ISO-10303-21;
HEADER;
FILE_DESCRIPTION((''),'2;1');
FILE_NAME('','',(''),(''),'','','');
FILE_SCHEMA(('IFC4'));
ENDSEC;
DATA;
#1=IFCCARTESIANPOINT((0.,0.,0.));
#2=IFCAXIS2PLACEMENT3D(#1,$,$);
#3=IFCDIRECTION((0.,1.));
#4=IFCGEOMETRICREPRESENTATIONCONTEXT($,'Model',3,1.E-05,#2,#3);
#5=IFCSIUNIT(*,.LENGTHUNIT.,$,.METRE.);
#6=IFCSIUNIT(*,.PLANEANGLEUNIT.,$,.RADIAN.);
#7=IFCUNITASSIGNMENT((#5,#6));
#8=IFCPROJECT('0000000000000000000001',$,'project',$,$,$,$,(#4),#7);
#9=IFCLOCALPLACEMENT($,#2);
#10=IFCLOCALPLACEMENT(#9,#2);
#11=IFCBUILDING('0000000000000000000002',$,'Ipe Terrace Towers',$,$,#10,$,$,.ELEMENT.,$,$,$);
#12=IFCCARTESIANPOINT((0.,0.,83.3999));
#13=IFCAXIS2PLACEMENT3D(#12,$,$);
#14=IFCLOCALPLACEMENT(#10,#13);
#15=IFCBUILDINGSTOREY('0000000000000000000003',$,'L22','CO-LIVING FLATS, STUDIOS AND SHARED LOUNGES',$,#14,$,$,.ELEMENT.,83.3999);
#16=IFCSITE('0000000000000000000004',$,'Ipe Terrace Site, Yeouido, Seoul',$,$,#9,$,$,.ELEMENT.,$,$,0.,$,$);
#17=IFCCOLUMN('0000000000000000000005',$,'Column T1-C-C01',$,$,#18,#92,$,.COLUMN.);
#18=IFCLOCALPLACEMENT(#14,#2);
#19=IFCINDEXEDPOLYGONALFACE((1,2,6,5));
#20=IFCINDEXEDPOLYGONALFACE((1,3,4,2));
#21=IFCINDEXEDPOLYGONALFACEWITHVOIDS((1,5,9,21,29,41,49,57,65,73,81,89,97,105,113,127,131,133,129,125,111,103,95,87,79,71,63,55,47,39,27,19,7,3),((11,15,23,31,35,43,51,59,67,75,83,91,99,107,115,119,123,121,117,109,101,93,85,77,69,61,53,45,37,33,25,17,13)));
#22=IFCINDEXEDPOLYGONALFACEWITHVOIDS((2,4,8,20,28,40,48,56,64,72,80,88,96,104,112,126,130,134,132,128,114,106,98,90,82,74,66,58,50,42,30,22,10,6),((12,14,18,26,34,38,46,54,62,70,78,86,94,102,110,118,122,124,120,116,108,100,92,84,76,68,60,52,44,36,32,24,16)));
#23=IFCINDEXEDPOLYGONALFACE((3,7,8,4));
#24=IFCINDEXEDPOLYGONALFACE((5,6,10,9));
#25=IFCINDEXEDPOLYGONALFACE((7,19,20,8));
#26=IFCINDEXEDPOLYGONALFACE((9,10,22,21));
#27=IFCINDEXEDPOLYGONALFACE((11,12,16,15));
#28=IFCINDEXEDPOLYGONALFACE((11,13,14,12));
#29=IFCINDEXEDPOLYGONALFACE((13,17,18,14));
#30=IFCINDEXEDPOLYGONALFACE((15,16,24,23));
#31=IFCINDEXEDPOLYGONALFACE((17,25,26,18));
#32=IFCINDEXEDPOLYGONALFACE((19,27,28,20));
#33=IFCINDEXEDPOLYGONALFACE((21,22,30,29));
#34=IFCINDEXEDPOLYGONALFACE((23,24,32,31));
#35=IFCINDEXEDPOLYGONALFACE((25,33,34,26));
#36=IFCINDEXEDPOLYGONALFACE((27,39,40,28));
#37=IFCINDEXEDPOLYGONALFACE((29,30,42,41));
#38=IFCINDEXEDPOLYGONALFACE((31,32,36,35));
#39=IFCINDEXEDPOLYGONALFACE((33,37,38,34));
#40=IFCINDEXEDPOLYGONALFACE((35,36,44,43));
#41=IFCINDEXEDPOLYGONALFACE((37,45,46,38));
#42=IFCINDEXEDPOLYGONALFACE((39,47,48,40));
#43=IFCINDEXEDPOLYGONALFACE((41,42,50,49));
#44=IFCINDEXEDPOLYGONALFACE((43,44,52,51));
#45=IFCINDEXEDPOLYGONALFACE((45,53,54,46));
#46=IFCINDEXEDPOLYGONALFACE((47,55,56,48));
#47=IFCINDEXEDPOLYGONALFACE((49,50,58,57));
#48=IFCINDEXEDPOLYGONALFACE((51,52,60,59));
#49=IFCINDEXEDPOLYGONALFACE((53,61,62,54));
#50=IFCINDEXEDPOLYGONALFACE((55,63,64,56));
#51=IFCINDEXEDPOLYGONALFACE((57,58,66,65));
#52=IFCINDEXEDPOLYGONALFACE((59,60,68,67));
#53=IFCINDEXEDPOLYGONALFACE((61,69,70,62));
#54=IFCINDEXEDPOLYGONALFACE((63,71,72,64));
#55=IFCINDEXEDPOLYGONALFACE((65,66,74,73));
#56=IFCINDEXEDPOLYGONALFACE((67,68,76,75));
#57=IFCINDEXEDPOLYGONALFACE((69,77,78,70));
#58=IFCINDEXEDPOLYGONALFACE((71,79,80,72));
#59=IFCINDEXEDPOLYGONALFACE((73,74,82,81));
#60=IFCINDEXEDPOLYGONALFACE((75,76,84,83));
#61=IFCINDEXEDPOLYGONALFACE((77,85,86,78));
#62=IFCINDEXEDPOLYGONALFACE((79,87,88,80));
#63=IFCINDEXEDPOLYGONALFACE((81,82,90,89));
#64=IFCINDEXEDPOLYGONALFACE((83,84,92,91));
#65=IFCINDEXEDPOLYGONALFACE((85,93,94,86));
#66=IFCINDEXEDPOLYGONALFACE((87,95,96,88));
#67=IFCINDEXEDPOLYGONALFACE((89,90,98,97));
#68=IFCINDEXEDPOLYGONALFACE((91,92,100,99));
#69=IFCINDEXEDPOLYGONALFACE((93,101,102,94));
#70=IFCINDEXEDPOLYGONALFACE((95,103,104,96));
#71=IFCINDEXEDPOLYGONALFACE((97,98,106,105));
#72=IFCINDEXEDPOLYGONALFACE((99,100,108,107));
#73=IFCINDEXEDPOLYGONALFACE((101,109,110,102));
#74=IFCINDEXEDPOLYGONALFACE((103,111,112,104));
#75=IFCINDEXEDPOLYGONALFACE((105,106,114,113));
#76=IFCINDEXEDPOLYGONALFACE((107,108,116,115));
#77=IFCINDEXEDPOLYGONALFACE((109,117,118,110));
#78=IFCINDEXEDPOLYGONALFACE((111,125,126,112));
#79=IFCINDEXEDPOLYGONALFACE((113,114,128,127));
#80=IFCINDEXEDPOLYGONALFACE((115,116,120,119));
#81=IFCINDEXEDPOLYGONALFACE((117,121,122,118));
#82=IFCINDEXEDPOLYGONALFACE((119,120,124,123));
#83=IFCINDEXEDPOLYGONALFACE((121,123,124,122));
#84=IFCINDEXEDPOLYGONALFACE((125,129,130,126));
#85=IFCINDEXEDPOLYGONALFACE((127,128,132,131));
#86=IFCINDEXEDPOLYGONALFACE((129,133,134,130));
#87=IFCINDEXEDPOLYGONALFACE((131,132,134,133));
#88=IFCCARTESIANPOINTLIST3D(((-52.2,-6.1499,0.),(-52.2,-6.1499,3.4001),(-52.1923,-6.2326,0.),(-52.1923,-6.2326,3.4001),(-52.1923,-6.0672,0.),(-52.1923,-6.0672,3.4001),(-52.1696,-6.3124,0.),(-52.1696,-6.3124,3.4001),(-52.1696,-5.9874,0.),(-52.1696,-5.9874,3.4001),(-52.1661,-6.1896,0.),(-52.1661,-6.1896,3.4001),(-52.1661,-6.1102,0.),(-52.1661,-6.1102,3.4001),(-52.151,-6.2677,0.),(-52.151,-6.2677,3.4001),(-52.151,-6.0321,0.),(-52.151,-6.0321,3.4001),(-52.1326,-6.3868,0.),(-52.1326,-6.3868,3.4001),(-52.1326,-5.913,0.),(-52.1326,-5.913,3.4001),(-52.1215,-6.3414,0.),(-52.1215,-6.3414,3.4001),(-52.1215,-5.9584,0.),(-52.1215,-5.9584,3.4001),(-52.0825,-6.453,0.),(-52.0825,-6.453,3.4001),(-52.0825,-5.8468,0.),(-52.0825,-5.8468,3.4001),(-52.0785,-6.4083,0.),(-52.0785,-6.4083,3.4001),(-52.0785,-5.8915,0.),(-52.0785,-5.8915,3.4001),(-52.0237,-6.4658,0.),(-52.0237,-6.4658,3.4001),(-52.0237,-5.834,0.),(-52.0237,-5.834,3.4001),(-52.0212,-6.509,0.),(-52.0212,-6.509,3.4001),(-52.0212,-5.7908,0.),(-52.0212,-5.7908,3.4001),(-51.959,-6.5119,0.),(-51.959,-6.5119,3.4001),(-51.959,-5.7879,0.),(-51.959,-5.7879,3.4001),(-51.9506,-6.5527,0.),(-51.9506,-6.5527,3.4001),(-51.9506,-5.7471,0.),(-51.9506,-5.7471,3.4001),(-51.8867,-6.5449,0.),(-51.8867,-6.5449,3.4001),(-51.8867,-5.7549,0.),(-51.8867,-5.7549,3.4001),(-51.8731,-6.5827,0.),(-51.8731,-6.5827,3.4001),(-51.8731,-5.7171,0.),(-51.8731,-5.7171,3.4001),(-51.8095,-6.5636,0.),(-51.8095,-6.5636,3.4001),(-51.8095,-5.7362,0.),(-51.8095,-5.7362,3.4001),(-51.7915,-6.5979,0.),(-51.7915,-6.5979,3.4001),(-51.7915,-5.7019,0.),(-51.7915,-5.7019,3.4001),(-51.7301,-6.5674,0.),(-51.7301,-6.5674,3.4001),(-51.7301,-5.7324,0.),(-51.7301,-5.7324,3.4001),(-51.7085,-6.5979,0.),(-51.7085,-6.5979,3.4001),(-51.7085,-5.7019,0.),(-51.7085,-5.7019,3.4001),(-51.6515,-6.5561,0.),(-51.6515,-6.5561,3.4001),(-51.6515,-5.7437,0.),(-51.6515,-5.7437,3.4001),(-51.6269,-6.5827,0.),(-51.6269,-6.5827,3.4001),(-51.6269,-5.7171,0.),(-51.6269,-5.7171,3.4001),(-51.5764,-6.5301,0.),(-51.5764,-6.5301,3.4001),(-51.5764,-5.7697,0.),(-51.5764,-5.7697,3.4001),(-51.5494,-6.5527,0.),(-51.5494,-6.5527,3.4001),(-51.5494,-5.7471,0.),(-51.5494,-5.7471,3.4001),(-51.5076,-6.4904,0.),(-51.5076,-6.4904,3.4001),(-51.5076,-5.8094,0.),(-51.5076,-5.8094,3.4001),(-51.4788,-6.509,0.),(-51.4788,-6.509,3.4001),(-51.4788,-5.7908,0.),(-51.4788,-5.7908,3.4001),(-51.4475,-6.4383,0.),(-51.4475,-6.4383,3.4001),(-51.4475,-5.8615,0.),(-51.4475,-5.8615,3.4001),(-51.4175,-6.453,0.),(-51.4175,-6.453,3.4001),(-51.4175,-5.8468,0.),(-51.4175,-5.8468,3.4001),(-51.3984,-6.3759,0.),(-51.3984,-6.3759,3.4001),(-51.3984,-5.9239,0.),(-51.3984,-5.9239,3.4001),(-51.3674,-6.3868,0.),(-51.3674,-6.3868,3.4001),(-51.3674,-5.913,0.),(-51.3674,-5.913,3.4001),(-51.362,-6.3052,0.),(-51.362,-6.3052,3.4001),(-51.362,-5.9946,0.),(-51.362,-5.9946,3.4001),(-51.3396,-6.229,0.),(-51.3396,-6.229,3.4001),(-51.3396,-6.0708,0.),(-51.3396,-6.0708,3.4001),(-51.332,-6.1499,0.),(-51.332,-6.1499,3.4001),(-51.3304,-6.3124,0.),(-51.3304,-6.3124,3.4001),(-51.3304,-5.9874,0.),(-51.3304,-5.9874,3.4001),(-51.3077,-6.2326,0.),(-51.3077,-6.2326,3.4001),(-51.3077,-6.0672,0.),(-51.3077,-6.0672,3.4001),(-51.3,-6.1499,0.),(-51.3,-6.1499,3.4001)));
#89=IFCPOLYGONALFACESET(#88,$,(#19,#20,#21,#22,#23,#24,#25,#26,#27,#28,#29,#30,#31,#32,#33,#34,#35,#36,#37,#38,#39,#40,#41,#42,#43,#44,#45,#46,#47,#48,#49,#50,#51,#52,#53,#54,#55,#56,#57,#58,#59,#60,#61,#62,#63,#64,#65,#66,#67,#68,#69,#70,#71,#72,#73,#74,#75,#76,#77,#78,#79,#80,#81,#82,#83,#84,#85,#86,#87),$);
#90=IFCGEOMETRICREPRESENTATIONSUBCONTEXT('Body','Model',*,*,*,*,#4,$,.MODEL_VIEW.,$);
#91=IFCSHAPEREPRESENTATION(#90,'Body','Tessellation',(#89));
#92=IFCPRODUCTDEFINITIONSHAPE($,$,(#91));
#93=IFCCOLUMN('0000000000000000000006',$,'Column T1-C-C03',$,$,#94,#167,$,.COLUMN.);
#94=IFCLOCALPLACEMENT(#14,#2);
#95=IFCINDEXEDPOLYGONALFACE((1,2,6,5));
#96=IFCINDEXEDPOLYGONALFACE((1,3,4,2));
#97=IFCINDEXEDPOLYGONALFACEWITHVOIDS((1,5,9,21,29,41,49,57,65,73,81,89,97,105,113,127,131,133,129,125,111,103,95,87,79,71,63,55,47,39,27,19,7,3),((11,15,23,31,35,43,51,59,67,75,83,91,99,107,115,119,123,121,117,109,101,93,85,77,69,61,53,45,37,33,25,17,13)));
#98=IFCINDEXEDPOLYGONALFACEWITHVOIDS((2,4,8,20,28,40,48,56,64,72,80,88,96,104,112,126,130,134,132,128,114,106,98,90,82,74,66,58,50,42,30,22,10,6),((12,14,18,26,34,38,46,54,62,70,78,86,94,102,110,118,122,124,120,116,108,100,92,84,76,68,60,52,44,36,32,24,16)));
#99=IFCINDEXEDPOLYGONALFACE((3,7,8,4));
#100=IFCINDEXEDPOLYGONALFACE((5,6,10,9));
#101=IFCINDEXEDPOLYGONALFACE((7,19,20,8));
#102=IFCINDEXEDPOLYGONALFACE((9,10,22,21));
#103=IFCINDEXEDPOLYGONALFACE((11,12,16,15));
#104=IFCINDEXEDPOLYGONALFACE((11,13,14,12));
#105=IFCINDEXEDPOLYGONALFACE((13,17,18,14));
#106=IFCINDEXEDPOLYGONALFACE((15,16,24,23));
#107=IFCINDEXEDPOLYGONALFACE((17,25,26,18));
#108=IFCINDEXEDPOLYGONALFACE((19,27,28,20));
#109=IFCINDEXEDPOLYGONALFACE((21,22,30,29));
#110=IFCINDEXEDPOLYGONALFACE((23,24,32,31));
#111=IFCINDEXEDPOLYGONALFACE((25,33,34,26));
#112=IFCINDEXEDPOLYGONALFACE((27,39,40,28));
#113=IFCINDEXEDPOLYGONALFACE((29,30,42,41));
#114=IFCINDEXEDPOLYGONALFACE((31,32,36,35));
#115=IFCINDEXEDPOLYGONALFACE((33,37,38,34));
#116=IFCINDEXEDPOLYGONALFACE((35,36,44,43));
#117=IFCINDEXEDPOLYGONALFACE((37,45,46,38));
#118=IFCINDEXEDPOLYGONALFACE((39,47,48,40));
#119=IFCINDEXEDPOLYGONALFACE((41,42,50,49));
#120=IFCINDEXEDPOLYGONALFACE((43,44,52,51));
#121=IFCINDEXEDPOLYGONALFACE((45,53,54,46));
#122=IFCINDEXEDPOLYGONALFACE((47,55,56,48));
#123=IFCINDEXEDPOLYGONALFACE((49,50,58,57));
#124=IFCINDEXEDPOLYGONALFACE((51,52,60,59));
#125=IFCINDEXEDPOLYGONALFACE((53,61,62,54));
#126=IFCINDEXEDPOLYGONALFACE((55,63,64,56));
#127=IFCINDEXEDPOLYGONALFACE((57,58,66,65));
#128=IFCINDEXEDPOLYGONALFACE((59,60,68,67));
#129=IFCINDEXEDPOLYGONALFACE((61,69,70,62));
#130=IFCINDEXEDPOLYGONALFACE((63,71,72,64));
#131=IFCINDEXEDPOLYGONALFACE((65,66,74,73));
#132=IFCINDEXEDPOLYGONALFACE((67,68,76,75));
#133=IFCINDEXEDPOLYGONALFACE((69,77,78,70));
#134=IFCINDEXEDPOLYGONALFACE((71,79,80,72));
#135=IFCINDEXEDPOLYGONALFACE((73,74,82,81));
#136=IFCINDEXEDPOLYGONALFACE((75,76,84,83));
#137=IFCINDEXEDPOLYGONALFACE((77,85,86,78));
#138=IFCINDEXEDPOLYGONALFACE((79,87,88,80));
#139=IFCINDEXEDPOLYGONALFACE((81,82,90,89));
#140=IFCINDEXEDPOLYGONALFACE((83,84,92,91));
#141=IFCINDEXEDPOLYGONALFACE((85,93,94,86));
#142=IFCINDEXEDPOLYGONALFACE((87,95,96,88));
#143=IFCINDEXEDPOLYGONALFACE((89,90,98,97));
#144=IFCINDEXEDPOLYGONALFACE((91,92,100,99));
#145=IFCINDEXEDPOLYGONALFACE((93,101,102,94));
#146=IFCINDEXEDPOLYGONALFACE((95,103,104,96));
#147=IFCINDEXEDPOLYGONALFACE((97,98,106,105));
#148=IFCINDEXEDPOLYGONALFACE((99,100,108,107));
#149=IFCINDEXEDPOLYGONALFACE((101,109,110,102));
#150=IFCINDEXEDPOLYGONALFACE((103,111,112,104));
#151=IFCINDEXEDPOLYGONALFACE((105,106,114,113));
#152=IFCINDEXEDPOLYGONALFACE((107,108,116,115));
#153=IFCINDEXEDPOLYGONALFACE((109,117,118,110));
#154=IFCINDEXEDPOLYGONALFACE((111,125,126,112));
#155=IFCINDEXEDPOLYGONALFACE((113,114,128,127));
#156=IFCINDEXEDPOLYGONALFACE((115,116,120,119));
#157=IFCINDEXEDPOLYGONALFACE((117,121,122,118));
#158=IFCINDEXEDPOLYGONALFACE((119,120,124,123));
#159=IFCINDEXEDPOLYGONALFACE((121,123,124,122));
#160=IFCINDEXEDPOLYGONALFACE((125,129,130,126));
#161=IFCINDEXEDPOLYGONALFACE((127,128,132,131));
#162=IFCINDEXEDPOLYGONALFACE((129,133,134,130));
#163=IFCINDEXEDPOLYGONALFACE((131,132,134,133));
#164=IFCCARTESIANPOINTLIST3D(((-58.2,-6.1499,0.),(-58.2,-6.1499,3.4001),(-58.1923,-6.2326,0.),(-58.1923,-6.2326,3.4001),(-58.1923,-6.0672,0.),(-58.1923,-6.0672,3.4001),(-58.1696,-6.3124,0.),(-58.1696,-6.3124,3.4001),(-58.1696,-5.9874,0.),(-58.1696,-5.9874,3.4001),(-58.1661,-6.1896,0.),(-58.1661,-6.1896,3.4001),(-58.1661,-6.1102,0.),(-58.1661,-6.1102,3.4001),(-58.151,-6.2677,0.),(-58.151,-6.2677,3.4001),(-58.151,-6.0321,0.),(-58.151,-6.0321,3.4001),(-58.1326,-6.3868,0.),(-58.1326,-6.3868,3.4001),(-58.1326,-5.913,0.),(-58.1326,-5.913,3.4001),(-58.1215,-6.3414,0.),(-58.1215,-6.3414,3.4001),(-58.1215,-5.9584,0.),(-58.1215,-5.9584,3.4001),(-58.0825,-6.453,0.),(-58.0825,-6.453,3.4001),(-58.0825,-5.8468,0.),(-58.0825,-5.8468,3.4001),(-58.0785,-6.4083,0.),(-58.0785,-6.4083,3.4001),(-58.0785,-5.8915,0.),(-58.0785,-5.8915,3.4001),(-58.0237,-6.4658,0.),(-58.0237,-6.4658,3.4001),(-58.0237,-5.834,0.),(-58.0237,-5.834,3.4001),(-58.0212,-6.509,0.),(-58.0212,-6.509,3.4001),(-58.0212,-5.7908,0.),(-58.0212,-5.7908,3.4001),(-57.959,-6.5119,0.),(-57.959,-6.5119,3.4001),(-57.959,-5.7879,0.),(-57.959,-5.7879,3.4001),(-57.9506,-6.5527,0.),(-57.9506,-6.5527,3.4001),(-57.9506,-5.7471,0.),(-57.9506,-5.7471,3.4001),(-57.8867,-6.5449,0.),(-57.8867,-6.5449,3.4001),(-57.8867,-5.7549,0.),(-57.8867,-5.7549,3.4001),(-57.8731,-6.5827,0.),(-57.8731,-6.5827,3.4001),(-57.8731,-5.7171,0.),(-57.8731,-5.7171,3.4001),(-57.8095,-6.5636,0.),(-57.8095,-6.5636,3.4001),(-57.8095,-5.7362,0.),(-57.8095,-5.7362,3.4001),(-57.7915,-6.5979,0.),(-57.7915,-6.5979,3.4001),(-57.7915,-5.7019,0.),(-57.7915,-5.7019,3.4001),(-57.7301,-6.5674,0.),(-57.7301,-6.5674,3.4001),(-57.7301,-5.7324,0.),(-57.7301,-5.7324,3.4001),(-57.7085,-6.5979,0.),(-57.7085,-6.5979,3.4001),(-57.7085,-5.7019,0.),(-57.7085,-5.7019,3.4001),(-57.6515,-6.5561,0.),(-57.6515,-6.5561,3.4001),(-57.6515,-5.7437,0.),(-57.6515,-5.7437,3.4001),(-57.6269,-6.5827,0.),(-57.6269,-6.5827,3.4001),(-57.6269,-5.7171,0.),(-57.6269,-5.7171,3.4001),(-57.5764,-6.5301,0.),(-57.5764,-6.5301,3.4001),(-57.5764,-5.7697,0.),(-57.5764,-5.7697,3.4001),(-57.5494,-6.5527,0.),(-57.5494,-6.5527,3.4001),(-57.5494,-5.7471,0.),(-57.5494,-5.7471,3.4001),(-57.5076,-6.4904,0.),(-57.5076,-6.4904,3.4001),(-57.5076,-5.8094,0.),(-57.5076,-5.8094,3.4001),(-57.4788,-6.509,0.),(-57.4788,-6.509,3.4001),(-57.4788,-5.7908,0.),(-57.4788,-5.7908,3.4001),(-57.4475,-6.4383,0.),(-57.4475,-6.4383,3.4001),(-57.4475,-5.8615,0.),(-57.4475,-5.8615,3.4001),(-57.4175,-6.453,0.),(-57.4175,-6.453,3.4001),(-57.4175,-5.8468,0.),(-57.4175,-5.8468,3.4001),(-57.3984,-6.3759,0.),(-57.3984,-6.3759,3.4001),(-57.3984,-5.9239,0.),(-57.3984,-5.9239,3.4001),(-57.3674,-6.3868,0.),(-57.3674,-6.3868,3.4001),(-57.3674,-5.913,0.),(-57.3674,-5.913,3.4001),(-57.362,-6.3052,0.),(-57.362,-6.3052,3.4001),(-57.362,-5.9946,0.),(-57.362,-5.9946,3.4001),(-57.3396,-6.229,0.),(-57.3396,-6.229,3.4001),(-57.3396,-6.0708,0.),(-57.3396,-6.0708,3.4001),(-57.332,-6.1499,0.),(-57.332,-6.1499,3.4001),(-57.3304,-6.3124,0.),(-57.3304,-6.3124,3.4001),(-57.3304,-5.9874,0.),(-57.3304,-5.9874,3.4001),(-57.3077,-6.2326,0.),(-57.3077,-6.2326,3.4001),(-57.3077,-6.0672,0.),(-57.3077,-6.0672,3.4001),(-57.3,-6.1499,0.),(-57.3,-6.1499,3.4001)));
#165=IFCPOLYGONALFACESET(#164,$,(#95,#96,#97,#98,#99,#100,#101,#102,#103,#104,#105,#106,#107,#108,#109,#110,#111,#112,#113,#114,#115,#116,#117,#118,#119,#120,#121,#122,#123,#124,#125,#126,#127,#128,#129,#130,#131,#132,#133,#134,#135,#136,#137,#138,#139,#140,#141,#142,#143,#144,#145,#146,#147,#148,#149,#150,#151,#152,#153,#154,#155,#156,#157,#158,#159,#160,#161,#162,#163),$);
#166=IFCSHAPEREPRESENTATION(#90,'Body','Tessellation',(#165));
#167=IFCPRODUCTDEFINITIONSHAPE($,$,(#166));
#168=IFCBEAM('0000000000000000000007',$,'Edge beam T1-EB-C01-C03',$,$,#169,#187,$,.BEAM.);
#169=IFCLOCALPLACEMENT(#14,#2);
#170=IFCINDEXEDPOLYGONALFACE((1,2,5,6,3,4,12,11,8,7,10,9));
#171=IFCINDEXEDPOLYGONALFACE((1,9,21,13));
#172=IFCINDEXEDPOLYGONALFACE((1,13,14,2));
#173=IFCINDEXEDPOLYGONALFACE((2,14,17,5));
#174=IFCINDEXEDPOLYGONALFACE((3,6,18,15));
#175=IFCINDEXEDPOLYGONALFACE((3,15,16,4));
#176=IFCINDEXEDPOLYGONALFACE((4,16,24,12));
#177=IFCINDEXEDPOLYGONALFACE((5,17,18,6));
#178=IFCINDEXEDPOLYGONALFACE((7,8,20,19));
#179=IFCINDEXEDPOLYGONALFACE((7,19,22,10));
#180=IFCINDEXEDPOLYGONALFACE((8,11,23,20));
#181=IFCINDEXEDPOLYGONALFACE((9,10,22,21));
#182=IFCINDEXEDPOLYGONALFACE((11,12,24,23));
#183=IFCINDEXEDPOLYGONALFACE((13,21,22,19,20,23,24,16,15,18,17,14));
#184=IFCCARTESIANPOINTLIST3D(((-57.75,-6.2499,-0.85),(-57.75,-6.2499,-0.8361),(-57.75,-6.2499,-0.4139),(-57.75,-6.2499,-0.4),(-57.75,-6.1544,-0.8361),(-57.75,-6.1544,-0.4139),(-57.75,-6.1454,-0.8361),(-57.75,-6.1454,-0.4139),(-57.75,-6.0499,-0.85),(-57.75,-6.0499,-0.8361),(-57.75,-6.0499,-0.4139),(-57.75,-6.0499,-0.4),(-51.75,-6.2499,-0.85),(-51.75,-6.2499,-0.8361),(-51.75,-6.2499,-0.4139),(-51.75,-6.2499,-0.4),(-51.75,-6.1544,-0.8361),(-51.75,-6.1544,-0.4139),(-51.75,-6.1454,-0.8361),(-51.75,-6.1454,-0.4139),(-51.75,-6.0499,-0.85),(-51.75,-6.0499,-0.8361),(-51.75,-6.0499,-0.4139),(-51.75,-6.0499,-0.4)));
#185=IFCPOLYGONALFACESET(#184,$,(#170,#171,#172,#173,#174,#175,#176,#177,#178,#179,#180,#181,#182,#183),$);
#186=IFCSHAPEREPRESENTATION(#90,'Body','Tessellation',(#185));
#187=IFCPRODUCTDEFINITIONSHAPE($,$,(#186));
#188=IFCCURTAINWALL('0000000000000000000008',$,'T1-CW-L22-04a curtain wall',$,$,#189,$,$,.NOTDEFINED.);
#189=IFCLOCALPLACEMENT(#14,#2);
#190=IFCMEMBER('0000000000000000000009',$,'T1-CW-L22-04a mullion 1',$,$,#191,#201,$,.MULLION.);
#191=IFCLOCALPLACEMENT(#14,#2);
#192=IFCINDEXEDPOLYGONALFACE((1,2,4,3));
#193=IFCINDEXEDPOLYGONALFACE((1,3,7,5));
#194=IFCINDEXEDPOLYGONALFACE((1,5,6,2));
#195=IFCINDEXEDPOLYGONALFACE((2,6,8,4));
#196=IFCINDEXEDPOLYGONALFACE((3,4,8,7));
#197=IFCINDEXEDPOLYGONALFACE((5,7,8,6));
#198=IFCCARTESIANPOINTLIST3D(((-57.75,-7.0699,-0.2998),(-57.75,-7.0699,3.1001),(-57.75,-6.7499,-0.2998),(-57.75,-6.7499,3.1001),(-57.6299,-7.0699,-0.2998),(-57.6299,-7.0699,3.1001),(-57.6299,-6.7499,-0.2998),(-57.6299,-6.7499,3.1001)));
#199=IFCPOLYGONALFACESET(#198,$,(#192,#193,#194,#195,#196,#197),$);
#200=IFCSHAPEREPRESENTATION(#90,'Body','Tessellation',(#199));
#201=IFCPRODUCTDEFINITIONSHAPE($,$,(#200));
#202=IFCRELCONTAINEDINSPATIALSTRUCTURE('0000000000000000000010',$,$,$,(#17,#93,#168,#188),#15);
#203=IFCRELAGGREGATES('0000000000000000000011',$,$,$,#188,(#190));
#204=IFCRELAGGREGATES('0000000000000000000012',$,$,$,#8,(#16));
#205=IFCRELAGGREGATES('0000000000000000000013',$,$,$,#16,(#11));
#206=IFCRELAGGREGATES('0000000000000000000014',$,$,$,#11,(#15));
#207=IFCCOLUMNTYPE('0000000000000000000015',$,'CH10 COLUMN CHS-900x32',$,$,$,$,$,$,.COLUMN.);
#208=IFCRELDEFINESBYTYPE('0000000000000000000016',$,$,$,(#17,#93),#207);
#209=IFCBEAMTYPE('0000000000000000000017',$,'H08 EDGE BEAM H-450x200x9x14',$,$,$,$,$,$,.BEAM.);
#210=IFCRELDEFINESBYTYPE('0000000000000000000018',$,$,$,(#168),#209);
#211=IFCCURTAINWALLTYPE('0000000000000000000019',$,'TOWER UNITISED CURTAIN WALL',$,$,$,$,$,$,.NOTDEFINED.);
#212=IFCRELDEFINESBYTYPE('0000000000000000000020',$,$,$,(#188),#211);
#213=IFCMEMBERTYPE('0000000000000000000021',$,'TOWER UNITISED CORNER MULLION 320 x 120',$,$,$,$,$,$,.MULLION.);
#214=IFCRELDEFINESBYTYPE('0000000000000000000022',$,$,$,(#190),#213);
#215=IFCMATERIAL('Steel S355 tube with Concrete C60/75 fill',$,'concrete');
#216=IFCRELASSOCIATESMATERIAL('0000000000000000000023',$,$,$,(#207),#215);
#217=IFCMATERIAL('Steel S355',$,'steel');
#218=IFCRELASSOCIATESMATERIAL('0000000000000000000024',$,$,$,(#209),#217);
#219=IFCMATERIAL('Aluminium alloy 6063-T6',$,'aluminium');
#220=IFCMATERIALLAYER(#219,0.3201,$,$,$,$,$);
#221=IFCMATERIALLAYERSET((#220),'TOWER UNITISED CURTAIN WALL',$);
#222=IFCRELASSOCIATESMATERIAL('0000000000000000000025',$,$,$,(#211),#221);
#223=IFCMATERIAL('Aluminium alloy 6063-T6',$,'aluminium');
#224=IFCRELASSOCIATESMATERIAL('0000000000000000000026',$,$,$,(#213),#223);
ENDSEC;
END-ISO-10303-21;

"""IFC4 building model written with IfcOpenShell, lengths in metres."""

from ifc_helpers import new_model, si_unit, direction, frame, origin, origin_2d, place, context, subcontext, project, spatial, rectangle, hollow_circle, i_section, extrude, material, layer, layer_set, material_profile, profile_set, type_object, element, aggregate, save


model = new_model("IFC4")

# Units and contexts
model_context = context("Model", 3, precision=1e-05, world=origin(), true_north=direction((0.0, 1.0)))
body_context = subcontext(model_context, "Body", "Model", "MODEL_VIEW")
ifc_project = project(units=[si_unit("LENGTHUNIT", "METRE"), si_unit("PLANEANGLEUNIT", "RADIAN")], contexts=[model_context])

# Site, building, storey
site_placement = place(None, origin())
site = spatial("IfcSite", under=ifc_project, at=site_placement, Name="Ipe Terrace Site, Yeouido, Seoul", CompositionType="ELEMENT", RefElevation=0.0)
building_placement = place(site_placement, origin())
building = spatial("IfcBuilding", under=site, at=building_placement, Name="Ipe Terrace Towers", CompositionType="ELEMENT")
storey_placement = place(building_placement, frame((0.0, 0.0, 83.3999)))
storey = spatial("IfcBuildingStorey", under=building, at=storey_placement, Name="L22", Description="CO-LIVING FLATS, STUDIOS AND SHARED LOUNGES", CompositionType="ELEMENT", Elevation=83.3999)

# Columns
ifc_material_1 = material(Name="Steel S355 tube with Concrete C60/75 fill", Category="concrete")
ifc_material_profile_1 = material_profile(ifc_material_1, hollow_circle(Radius=0.45, WallThickness=0.032, at=origin_2d()), Name="CHS-900x32")
ifc_profile_set_1 = profile_set([ifc_material_profile_1], Name="Steel S355 tube with Concrete C60/75 fill")
column_type = type_object("IfcColumnType", Name="CH10 COLUMN CHS-900x32", PredefinedType="COLUMN", material=ifc_profile_set_1)
for number, where, z_axis, x_axis, name in (
    (1, (-51.75, -6.1499, 0.0), (0.0, 0.0, 1.0), (1.0, 0.0, 0.0), "Column T1-C-C01"),
    (2, (-57.75, -6.1499, 0.0), (0.0, 0.0, 1.0), (1.0, 0.0, 0.0), "Column T1-C-C03"),
):
    element("IfcColumn", number, at=place(storey_placement, frame(where, z_axis=z_axis, x_axis=x_axis)), inside=storey, type_object=column_type, Name=name, PredefinedType="COLUMN", context=body_context, shape_type="SweptSolid", body=[
        extrude(hollow_circle(Radius=0.45, WallThickness=0.032, at=origin_2d()), origin(), (0.0, 0.0, 1.0), 3.4001),
    ])

# Beam
ifc_material_2 = material(Name="Steel S355", Category="steel")
ifc_material_profile_2 = material_profile(ifc_material_2, i_section(OverallWidth=0.2, OverallDepth=0.45, WebThickness=0.009, FlangeThickness=0.0139, at=origin_2d()), Name="H-450x200x9x14")
ifc_profile_set_2 = profile_set([ifc_material_profile_2], Name="Steel S355")
beam_type = type_object("IfcBeamType", Name="H08 EDGE BEAM H-450x200x9x14", PredefinedType="BEAM", material=ifc_profile_set_2)
beam_placement = place(storey_placement, frame((-51.75, -6.1499, -0.625), z_axis=(-1.0, 0.0, 0.0), x_axis=(0.0, -1.0, 0.0)))
element("IfcBeam", 3, at=beam_placement, inside=storey, type_object=beam_type, Name="Edge beam T1-EB-C01-C03", PredefinedType="BEAM", context=body_context, shape_type="SweptSolid", body=[
    extrude(i_section(OverallWidth=0.2, OverallDepth=0.45, WebThickness=0.009, FlangeThickness=0.0139, at=origin_2d()), origin(), (0.0, 0.0, 1.0), 6.0),
])

# Curtain wall, member
ifc_material_3 = material(Name="Aluminium alloy 6063-T6", Category="aluminium")
ifc_layer_1 = layer(ifc_material_3, 0.3201)
ifc_layer_set_1 = layer_set([ifc_layer_1], Name="TOWER UNITISED CURTAIN WALL")
curtain_wall_type = type_object("IfcCurtainWallType", Name="TOWER UNITISED CURTAIN WALL", PredefinedType="NOTDEFINED", material=ifc_layer_set_1)
curtain_wall_1_placement = place(storey_placement, origin())
curtain_wall_1 = element("IfcCurtainWall", 4, at=curtain_wall_1_placement, inside=storey, type_object=curtain_wall_type, Name="T1-CW-L22-04a curtain wall", PredefinedType="NOTDEFINED")
ifc_material_4 = material(Name="Aluminium alloy 6063-T6", Category="aluminium")
ifc_material_profile_3 = material_profile(ifc_material_4, rectangle(XDim=0.3201, YDim=0.1201, at=origin_2d()), Name="TOWER UNITISED CORNER MULLION 320 x 120")
ifc_profile_set_3 = profile_set([ifc_material_profile_3], Name="Aluminium alloy 6063-T6")
member_type = type_object("IfcMemberType", Name="TOWER UNITISED CORNER MULLION 320 x 120", PredefinedType="MULLION", material=ifc_profile_set_3)
member_1_placement = place(storey_placement, frame((-57.6899, -6.9099, -0.2998), z_axis=(0.0, 0.0, 1.0), x_axis=(0.0, -1.0, 0.0)))
member_1 = element("IfcMember", 5, at=member_1_placement, type_object=member_type, Name="T1-CW-L22-04a mullion 1", PredefinedType="MULLION", context=body_context, shape_type="SweptSolid", body=[
    extrude(rectangle(XDim=0.3201, YDim=0.1201, at=origin_2d()), origin(), (0.0, 0.0, 1.0), 3.3999),
])

aggregate(curtain_wall_1, [member_1])

save(model, "model.ifc")
